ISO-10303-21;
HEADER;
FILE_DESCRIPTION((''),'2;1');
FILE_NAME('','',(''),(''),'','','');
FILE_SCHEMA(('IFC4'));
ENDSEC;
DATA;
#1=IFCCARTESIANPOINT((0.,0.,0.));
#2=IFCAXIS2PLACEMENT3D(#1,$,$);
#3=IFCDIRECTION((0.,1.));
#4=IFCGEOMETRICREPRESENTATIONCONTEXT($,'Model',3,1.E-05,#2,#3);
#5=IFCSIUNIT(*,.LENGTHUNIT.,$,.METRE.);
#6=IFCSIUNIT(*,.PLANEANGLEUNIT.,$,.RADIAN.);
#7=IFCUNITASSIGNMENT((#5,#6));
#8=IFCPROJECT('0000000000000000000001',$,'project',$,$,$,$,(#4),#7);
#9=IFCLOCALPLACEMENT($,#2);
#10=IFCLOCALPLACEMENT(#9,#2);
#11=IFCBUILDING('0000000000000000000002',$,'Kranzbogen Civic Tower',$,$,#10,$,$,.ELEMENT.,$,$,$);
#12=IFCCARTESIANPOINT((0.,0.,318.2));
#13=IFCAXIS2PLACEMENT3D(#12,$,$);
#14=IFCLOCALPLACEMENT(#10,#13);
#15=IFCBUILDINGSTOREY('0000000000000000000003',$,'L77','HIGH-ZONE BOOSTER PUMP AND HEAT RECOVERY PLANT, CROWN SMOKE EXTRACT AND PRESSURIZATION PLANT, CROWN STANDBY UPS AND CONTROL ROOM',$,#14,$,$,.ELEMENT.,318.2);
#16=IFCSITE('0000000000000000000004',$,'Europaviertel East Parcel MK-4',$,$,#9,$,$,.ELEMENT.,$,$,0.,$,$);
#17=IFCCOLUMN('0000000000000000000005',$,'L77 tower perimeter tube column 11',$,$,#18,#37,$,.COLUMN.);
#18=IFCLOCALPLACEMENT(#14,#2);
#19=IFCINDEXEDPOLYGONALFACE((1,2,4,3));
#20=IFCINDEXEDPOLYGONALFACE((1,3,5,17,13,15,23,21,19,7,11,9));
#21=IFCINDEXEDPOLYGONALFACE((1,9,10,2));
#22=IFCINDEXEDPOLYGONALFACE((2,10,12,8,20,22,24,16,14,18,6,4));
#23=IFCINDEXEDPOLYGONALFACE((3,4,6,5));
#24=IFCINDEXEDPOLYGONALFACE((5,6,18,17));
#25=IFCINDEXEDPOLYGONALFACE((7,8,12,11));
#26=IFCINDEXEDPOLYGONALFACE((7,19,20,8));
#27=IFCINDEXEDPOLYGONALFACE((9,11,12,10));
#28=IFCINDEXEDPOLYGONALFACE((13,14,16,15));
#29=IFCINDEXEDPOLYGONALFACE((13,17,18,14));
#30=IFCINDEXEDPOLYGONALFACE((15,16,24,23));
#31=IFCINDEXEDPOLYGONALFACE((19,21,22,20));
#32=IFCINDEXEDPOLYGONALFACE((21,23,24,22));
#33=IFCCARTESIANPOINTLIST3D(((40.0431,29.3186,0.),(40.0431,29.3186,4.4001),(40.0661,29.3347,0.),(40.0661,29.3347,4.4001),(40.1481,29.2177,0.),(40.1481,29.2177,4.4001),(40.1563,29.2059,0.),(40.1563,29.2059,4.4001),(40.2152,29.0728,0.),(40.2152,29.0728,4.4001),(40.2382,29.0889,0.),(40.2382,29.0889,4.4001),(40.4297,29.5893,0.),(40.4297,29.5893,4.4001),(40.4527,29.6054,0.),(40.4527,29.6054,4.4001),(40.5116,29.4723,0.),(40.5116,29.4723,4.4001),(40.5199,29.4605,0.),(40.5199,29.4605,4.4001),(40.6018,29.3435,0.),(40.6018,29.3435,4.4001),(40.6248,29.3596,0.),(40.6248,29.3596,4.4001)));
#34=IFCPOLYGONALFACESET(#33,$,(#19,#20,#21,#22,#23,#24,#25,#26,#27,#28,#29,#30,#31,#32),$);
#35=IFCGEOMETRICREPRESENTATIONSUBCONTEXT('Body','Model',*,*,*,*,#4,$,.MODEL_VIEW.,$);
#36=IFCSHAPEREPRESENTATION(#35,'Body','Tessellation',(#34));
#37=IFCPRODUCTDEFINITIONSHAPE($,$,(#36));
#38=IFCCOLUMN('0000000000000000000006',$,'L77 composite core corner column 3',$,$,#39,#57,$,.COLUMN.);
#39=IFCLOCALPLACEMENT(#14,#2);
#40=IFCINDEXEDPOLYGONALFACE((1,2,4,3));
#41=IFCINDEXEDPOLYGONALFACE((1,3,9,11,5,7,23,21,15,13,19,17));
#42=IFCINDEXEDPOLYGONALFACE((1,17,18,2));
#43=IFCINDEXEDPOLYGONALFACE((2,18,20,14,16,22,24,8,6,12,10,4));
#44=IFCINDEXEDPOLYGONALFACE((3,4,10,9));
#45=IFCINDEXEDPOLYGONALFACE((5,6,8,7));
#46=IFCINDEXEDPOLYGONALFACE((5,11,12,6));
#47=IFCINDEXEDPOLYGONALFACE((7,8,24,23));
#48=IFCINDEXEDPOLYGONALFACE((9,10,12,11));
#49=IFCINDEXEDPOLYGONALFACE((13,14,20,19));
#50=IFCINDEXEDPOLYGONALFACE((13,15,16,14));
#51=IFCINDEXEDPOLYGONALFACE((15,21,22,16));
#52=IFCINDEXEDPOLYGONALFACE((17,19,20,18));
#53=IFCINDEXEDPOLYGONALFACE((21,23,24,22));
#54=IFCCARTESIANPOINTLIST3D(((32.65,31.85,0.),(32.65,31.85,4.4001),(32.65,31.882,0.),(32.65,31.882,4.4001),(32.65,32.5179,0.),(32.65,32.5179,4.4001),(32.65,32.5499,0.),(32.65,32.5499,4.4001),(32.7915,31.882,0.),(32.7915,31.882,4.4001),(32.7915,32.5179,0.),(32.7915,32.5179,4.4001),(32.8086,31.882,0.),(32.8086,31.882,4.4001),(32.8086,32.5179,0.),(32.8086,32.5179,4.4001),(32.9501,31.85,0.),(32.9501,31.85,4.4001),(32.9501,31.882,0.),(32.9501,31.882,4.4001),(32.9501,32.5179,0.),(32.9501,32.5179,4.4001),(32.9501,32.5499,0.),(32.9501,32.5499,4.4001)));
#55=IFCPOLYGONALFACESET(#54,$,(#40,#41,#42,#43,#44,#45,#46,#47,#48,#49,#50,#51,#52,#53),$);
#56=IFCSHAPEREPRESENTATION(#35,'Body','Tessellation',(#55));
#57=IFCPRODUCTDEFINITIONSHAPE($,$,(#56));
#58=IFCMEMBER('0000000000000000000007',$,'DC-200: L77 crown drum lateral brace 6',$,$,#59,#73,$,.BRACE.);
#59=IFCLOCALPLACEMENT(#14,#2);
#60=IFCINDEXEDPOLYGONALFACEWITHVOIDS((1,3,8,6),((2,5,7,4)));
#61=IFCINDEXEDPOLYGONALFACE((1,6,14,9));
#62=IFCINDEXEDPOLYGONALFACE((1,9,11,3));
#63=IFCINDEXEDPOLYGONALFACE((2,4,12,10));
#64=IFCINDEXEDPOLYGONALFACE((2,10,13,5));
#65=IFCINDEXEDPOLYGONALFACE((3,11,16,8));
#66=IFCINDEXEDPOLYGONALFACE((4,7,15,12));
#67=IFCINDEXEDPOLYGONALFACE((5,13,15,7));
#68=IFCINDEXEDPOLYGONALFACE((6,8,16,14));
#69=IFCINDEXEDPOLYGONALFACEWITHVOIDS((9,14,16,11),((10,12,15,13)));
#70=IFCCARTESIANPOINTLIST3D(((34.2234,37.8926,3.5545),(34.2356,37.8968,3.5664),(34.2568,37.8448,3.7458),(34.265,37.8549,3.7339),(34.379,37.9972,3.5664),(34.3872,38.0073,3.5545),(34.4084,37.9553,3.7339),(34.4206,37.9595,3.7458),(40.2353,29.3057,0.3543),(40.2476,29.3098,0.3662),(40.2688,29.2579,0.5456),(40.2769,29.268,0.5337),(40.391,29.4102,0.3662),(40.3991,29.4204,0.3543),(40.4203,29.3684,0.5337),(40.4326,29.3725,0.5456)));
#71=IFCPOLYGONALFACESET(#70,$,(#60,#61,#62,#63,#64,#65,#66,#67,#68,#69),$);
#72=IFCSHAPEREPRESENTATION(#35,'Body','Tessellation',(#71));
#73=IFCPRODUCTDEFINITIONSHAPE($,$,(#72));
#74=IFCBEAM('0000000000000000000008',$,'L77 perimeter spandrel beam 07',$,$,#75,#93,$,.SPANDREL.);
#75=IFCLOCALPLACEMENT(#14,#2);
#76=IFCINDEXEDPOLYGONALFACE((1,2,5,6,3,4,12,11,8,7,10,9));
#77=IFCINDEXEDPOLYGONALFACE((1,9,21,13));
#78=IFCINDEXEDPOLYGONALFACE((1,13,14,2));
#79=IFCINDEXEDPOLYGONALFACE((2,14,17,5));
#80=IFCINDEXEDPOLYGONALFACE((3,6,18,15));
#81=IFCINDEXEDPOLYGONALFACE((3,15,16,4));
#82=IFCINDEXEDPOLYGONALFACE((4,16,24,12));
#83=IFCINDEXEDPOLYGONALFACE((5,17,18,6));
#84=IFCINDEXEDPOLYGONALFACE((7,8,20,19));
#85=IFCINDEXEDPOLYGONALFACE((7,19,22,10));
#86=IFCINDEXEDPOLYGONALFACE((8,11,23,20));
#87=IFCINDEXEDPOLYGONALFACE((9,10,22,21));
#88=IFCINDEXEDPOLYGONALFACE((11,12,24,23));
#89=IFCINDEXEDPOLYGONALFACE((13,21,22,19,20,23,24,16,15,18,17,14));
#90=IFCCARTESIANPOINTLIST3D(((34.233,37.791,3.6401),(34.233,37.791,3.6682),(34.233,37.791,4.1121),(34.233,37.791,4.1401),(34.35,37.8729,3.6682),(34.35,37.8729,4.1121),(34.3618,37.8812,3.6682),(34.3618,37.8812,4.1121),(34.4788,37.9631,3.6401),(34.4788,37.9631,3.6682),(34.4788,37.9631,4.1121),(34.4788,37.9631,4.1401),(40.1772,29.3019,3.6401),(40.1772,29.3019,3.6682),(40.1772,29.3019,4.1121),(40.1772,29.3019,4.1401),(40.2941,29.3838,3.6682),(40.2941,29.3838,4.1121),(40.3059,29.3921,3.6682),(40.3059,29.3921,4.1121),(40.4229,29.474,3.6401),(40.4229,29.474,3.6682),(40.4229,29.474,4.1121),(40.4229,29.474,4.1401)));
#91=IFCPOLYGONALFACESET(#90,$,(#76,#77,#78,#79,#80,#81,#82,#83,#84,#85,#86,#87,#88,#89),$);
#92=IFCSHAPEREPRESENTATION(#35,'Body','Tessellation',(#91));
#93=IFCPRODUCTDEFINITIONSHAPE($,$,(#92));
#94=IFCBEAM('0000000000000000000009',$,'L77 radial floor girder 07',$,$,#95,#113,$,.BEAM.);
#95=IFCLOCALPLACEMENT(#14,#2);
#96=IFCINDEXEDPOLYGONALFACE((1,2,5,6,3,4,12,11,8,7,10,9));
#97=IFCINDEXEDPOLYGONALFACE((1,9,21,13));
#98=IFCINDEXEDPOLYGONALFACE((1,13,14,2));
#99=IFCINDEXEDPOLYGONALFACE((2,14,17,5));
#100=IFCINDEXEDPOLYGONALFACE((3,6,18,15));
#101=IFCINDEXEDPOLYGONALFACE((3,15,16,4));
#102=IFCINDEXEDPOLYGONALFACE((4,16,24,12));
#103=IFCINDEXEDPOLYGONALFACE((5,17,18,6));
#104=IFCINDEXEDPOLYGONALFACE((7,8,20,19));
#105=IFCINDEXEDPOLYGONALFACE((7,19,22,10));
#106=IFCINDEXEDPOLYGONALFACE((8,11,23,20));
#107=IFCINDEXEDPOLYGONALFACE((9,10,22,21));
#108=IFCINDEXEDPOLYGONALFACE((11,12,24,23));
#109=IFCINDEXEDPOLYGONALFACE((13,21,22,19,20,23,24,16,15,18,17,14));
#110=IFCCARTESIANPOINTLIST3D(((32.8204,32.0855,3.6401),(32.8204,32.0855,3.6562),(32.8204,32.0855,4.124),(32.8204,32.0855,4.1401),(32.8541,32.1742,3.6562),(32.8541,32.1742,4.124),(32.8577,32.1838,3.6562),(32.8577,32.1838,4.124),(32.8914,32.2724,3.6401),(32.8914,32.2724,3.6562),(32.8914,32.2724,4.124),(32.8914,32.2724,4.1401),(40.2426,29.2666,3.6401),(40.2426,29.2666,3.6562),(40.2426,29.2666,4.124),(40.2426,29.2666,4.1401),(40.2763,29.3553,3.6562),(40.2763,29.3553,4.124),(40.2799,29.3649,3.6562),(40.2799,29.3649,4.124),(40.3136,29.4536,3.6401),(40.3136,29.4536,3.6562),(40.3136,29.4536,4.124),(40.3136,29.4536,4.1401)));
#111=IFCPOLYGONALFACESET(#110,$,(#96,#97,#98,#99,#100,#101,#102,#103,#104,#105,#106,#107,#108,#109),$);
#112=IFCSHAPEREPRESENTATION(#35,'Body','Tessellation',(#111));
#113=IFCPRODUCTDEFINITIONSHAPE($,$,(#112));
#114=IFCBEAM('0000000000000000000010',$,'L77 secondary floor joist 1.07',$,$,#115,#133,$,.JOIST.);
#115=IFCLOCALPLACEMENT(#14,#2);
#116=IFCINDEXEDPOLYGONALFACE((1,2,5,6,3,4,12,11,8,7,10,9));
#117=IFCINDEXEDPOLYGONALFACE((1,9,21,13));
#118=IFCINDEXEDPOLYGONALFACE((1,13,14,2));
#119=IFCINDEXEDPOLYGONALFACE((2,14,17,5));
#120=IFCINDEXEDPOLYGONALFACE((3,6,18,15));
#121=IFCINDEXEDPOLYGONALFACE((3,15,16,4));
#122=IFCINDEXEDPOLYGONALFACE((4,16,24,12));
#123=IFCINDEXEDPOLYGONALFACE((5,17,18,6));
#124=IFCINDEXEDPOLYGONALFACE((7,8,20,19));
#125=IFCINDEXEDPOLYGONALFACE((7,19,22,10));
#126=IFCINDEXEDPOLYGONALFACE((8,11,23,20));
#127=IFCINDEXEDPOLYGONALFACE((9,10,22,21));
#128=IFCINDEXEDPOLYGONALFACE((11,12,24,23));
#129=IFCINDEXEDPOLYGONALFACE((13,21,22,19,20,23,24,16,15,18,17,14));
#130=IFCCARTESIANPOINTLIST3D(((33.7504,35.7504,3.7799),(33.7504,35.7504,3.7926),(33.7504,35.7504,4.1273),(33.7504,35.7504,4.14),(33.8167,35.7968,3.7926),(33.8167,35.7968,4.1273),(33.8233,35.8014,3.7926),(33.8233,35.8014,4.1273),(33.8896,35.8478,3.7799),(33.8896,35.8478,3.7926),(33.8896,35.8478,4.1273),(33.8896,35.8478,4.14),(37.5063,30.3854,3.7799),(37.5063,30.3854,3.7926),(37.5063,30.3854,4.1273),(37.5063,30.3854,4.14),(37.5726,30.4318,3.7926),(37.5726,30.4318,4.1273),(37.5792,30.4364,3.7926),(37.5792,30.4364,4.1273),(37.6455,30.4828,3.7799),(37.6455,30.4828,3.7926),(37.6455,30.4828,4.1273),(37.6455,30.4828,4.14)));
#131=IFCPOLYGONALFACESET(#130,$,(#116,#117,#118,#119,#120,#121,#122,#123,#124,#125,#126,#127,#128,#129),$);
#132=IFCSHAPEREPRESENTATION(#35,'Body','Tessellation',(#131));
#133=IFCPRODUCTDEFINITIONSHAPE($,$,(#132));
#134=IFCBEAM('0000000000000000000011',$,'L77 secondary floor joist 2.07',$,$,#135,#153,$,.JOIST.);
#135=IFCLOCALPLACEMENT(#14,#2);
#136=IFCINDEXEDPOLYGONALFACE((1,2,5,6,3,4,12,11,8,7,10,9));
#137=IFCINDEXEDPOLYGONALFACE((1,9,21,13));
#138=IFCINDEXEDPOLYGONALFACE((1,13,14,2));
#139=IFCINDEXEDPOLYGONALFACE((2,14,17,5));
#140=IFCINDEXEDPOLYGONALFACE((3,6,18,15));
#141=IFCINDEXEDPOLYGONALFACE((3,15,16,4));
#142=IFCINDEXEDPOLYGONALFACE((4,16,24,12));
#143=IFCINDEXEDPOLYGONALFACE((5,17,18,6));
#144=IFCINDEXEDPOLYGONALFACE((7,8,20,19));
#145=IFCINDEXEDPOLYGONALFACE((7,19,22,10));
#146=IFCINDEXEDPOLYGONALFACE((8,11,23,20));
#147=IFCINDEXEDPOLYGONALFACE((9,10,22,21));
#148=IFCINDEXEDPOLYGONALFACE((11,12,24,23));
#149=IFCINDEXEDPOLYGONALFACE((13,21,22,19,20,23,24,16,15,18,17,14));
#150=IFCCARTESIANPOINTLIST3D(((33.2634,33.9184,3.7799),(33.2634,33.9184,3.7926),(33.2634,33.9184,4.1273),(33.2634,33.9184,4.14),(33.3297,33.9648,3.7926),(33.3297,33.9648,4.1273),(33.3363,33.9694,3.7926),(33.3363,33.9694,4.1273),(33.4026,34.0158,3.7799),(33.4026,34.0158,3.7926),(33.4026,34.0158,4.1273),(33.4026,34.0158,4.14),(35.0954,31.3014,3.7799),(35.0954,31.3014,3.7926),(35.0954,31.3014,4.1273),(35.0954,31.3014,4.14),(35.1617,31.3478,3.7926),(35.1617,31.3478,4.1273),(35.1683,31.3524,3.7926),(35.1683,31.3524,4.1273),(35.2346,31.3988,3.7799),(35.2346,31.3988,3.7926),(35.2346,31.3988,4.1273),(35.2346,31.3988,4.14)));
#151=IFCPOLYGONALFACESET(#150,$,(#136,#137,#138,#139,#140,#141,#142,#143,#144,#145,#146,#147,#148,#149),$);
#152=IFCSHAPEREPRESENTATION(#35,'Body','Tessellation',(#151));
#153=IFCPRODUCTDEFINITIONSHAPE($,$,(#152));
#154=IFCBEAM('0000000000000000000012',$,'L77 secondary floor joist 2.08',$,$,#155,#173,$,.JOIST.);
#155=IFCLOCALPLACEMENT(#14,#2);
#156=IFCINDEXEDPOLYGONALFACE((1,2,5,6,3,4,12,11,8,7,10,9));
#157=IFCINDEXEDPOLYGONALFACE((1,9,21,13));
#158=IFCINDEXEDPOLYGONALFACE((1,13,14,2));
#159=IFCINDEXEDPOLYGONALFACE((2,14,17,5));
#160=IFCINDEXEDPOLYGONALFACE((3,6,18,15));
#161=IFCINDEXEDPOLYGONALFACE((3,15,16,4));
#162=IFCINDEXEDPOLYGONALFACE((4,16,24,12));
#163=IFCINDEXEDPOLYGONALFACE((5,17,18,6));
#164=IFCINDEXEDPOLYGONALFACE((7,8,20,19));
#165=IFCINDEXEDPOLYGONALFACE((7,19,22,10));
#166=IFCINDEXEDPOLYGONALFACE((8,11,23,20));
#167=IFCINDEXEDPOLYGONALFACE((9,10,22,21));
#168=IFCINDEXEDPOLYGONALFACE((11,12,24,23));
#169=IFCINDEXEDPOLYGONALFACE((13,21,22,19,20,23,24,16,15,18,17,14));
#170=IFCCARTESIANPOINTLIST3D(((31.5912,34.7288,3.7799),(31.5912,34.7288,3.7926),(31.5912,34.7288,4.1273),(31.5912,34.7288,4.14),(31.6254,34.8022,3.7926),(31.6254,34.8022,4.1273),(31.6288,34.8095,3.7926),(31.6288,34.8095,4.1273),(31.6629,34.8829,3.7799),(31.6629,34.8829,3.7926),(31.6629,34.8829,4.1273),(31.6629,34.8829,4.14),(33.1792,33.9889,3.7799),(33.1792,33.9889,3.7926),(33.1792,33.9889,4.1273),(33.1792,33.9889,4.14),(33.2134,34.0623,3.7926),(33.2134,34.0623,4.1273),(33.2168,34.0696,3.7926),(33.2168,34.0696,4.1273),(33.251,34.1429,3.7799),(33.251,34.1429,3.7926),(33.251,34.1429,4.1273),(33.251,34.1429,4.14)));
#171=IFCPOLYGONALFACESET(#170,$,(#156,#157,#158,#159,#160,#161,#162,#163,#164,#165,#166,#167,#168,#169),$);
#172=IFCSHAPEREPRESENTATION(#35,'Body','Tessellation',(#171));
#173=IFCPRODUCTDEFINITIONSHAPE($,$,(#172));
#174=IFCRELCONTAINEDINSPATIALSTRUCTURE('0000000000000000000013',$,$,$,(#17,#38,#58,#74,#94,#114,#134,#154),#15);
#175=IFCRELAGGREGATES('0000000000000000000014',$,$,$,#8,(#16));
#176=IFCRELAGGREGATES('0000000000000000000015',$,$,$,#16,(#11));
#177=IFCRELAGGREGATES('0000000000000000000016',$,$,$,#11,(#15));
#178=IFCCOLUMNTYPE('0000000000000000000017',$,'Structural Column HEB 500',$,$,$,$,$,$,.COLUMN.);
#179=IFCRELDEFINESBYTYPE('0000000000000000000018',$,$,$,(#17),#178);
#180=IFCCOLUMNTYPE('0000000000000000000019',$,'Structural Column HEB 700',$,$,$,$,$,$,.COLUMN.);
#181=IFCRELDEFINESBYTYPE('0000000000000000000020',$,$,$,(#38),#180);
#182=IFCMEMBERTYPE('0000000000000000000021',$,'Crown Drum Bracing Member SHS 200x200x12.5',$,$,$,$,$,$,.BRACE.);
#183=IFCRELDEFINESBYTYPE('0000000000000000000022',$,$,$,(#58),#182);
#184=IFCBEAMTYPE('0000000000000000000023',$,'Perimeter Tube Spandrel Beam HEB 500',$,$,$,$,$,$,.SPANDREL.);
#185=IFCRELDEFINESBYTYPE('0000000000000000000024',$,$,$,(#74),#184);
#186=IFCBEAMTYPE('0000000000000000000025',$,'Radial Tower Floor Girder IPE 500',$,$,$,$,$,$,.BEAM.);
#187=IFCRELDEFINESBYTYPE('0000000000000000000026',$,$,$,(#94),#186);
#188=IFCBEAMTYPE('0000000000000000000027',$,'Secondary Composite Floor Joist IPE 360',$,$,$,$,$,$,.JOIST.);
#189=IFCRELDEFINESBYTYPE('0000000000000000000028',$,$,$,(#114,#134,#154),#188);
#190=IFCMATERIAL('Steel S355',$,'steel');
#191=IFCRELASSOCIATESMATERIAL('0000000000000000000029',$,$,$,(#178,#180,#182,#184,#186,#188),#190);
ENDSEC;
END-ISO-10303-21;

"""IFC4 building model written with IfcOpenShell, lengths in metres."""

from ifc_helpers import new_model, si_unit, direction, frame, origin, origin_2d, place, context, subcontext, project, spatial, hollow_rectangle, i_section, extrude, material, material_profile, profile_set, type_object, element, save


model = new_model("IFC4")

# Units and contexts
model_context = context("Model", 3, precision=1e-05, world=origin(), true_north=direction((0.0, 1.0)))
body_context = subcontext(model_context, "Body", "Model", "MODEL_VIEW")
ifc_project = project(units=[si_unit("LENGTHUNIT", "METRE"), si_unit("PLANEANGLEUNIT", "RADIAN")], contexts=[model_context])

# Site, building, storey
site_placement = place(None, origin())
site = spatial("IfcSite", under=ifc_project, at=site_placement, Name="Europaviertel East Parcel MK-4", CompositionType="ELEMENT", RefElevation=0.0)
building_placement = place(site_placement, origin())
building = spatial("IfcBuilding", under=site, at=building_placement, Name="Kranzbogen Civic Tower", CompositionType="ELEMENT")
storey_placement = place(building_placement, frame((0.0, 0.0, 318.2)))
storey = spatial("IfcBuildingStorey", under=building, at=storey_placement, Name="L77", Description="HIGH-ZONE BOOSTER PUMP AND HEAT RECOVERY PLANT, CROWN SMOKE EXTRACT AND PRESSURIZATION PLANT, CROWN STANDBY UPS AND CONTROL ROOM", CompositionType="ELEMENT", Elevation=318.2)

# Columns
ifc_material_1 = material(Name="Steel S355", Category="steel")
ifc_material_profile_1 = material_profile(ifc_material_1, i_section(OverallWidth=0.3, OverallDepth=0.5, WebThickness=0.0144, FlangeThickness=0.0281, at=origin_2d()), Name="HEB 500")
ifc_profile_set_1 = profile_set([ifc_material_profile_1], Name="Steel S355")
column_type_1 = type_object("IfcColumnType", Name="Structural Column HEB 500", PredefinedType="COLUMN", material=ifc_profile_set_1)
column_1_placement = place(storey_placement, frame((40.334, 29.3391, 0.0), z_axis=(0.0, 0.0, 1.0), x_axis=(-0.573576, 0.819152, 0.0)))
element("IfcColumn", 1, at=column_1_placement, inside=storey, type_object=column_type_1, Name="L77 tower perimeter tube column 11", PredefinedType="COLUMN", context=body_context, shape_type="SweptSolid", body=[
    extrude(i_section(OverallWidth=0.3, OverallDepth=0.5, WebThickness=0.0144, FlangeThickness=0.0281, at=origin_2d()), origin(), (0.0, 0.0, 1.0), 4.4001),
])
ifc_material_profile_2 = material_profile(ifc_material_1, i_section(OverallWidth=0.3, OverallDepth=0.7, WebThickness=0.0171, FlangeThickness=0.032, at=origin_2d()), Name="HEB 700")
ifc_profile_set_2 = profile_set([ifc_material_profile_2], Name="Steel S355")
column_type_2 = type_object("IfcColumnType", Name="Structural Column HEB 700", PredefinedType="COLUMN", material=ifc_profile_set_2)
column_2_placement = place(storey_placement, frame((32.8, 32.2, 0.0), z_axis=(0.0, 0.0, 1.0), x_axis=(1.0, 0.0, 0.0)))
element("IfcColumn", 2, at=column_2_placement, inside=storey, type_object=column_type_2, Name="L77 composite core corner column 3", PredefinedType="COLUMN", context=body_context, shape_type="SweptSolid", body=[
    extrude(i_section(OverallWidth=0.3, OverallDepth=0.7, WebThickness=0.0171, FlangeThickness=0.032, at=origin_2d()), origin(), (0.0, 0.0, 1.0), 4.4001),
])

# Member
ifc_material_profile_3 = material_profile(ifc_material_1, hollow_rectangle(XDim=0.2, YDim=0.2, WallThickness=0.0125, at=origin_2d()), Name="SHS 200x200x12.5")
ifc_profile_set_3 = profile_set([ifc_material_profile_3], Name="Steel S355")
member_type = type_object("IfcMemberType", Name="Crown Drum Bracing Member SHS 200x200x12.5", PredefinedType="BRACE", material=ifc_profile_set_3)
member_placement = place(storey_placement, frame((40.334, 29.3391, 0.45), z_axis=(-0.54854, 0.783483, 0.291991), x_axis=(-0.819182, -0.573534, 0.0)))
element("IfcMember", 3, at=member_placement, inside=storey, type_object=member_type, Name="DC-200: L77 crown drum lateral brace 6", PredefinedType="BRACE", context=body_context, shape_type="SweptSolid", body=[
    extrude(hollow_rectangle(XDim=0.2, YDim=0.2, WallThickness=0.0125, at=origin_2d()), origin(), (0.0, 0.0, 1.0), 10.96),
])

# Beams
ifc_material_profile_4 = material_profile(ifc_material_1, i_section(OverallWidth=0.3, OverallDepth=0.5, WebThickness=0.0144, FlangeThickness=0.0281, at=origin_2d()), Name="HEB 500")
ifc_profile_set_4 = profile_set([ifc_material_profile_4], Name="Steel S355")
beam_type_1 = type_object("IfcBeamType", Name="Perimeter Tube Spandrel Beam HEB 500", PredefinedType="SPANDREL", material=ifc_profile_set_4)
beam_1_placement = place(storey_placement, frame((40.3, 29.3879, 3.8901), z_axis=(-0.573578, 0.819151, 0.0), x_axis=(-0.819151, -0.573578, 0.0)))
element("IfcBeam", 4, at=beam_1_placement, inside=storey, type_object=beam_type_1, Name="L77 perimeter spandrel beam 07", PredefinedType="SPANDREL", context=body_context, shape_type="SweptSolid", body=[
    extrude(i_section(OverallWidth=0.3, OverallDepth=0.5, WebThickness=0.0144, FlangeThickness=0.0281, at=origin_2d()), origin(), (0.0, 0.0, 1.0), 10.3633),
])
ifc_material_profile_5 = material_profile(ifc_material_1, i_section(OverallWidth=0.2, OverallDepth=0.5, WebThickness=0.0103, FlangeThickness=0.0161, at=origin_2d()), Name="IPE 500")
ifc_profile_set_5 = profile_set([ifc_material_profile_5], Name="Steel S355")
beam_type_2 = type_object("IfcBeamType", Name="Radial Tower Floor Girder IPE 500", PredefinedType="BEAM", material=ifc_profile_set_5)
beam_2_placement = place(storey_placement, frame((40.2781, 29.3601, 3.8901), z_axis=(-0.934849, 0.355046, 0.0), x_axis=(-0.355046, -0.934849, 0.0)))
element("IfcBeam", 5, at=beam_2_placement, inside=storey, type_object=beam_type_2, Name="L77 radial floor girder 07", PredefinedType="BEAM", context=body_context, shape_type="SweptSolid", body=[
    extrude(i_section(OverallWidth=0.2, OverallDepth=0.5, WebThickness=0.0103, FlangeThickness=0.0161, at=origin_2d()), origin(), (0.0, 0.0, 1.0), 7.9395),
])
ifc_material_profile_6 = material_profile(ifc_material_1, i_section(OverallWidth=0.1699, OverallDepth=0.3601, WebThickness=0.0081, FlangeThickness=0.0127, at=origin_2d()), Name="IPE 360")
ifc_profile_set_6 = profile_set([ifc_material_profile_6], Name="Steel S355")
beam_type_3 = type_object("IfcBeamType", Name="Secondary Composite Floor Joist IPE 360", PredefinedType="JOIST", material=ifc_profile_set_6)
beam_3_placement = place(storey_placement, frame((37.5759, 30.4341, 3.96), z_axis=(-0.5735, 0.819206, 0.0), x_axis=(-0.819206, -0.5735, 0.0)))
element("IfcBeam", 6, at=beam_3_placement, inside=storey, type_object=beam_type_3, Name="L77 secondary floor joist 1.07", PredefinedType="JOIST", context=body_context, shape_type="SweptSolid", body=[
    extrude(i_section(OverallWidth=0.1699, OverallDepth=0.3601, WebThickness=0.0081, FlangeThickness=0.0127, at=origin_2d()), origin(), (0.0, 0.0, 1.0), 6.5491),
])
beam_4_placement = place(storey_placement, frame((35.165, 31.3501, 3.96), z_axis=(-0.573498, 0.819207, 0.0), x_axis=(-0.819207, -0.573498, 0.0)))
element("IfcBeam", 7, at=beam_4_placement, inside=storey, type_object=beam_type_3, Name="L77 secondary floor joist 2.07", PredefinedType="JOIST", context=body_context, shape_type="SweptSolid", body=[
    extrude(i_section(OverallWidth=0.1699, OverallDepth=0.3601, WebThickness=0.0081, FlangeThickness=0.0127, at=origin_2d()), origin(), (0.0, 0.0, 1.0), 3.1946),
])
beam_5_placement = place(storey_placement, frame((33.2151, 34.0659, 3.96), z_axis=(-0.906432, 0.422351, 0.0), x_axis=(-0.422351, -0.906432, 0.0)))
element("IfcBeam", 8, at=beam_5_placement, inside=storey, type_object=beam_type_3, Name="L77 secondary floor joist 2.08", PredefinedType="JOIST", context=body_context, shape_type="SweptSolid", body=[
    extrude(i_section(OverallWidth=0.1699, OverallDepth=0.3601, WebThickness=0.0081, FlangeThickness=0.0127, at=origin_2d()), origin(), (0.0, 0.0, 1.0), 1.752),
])

save(model, "model.ifc")
